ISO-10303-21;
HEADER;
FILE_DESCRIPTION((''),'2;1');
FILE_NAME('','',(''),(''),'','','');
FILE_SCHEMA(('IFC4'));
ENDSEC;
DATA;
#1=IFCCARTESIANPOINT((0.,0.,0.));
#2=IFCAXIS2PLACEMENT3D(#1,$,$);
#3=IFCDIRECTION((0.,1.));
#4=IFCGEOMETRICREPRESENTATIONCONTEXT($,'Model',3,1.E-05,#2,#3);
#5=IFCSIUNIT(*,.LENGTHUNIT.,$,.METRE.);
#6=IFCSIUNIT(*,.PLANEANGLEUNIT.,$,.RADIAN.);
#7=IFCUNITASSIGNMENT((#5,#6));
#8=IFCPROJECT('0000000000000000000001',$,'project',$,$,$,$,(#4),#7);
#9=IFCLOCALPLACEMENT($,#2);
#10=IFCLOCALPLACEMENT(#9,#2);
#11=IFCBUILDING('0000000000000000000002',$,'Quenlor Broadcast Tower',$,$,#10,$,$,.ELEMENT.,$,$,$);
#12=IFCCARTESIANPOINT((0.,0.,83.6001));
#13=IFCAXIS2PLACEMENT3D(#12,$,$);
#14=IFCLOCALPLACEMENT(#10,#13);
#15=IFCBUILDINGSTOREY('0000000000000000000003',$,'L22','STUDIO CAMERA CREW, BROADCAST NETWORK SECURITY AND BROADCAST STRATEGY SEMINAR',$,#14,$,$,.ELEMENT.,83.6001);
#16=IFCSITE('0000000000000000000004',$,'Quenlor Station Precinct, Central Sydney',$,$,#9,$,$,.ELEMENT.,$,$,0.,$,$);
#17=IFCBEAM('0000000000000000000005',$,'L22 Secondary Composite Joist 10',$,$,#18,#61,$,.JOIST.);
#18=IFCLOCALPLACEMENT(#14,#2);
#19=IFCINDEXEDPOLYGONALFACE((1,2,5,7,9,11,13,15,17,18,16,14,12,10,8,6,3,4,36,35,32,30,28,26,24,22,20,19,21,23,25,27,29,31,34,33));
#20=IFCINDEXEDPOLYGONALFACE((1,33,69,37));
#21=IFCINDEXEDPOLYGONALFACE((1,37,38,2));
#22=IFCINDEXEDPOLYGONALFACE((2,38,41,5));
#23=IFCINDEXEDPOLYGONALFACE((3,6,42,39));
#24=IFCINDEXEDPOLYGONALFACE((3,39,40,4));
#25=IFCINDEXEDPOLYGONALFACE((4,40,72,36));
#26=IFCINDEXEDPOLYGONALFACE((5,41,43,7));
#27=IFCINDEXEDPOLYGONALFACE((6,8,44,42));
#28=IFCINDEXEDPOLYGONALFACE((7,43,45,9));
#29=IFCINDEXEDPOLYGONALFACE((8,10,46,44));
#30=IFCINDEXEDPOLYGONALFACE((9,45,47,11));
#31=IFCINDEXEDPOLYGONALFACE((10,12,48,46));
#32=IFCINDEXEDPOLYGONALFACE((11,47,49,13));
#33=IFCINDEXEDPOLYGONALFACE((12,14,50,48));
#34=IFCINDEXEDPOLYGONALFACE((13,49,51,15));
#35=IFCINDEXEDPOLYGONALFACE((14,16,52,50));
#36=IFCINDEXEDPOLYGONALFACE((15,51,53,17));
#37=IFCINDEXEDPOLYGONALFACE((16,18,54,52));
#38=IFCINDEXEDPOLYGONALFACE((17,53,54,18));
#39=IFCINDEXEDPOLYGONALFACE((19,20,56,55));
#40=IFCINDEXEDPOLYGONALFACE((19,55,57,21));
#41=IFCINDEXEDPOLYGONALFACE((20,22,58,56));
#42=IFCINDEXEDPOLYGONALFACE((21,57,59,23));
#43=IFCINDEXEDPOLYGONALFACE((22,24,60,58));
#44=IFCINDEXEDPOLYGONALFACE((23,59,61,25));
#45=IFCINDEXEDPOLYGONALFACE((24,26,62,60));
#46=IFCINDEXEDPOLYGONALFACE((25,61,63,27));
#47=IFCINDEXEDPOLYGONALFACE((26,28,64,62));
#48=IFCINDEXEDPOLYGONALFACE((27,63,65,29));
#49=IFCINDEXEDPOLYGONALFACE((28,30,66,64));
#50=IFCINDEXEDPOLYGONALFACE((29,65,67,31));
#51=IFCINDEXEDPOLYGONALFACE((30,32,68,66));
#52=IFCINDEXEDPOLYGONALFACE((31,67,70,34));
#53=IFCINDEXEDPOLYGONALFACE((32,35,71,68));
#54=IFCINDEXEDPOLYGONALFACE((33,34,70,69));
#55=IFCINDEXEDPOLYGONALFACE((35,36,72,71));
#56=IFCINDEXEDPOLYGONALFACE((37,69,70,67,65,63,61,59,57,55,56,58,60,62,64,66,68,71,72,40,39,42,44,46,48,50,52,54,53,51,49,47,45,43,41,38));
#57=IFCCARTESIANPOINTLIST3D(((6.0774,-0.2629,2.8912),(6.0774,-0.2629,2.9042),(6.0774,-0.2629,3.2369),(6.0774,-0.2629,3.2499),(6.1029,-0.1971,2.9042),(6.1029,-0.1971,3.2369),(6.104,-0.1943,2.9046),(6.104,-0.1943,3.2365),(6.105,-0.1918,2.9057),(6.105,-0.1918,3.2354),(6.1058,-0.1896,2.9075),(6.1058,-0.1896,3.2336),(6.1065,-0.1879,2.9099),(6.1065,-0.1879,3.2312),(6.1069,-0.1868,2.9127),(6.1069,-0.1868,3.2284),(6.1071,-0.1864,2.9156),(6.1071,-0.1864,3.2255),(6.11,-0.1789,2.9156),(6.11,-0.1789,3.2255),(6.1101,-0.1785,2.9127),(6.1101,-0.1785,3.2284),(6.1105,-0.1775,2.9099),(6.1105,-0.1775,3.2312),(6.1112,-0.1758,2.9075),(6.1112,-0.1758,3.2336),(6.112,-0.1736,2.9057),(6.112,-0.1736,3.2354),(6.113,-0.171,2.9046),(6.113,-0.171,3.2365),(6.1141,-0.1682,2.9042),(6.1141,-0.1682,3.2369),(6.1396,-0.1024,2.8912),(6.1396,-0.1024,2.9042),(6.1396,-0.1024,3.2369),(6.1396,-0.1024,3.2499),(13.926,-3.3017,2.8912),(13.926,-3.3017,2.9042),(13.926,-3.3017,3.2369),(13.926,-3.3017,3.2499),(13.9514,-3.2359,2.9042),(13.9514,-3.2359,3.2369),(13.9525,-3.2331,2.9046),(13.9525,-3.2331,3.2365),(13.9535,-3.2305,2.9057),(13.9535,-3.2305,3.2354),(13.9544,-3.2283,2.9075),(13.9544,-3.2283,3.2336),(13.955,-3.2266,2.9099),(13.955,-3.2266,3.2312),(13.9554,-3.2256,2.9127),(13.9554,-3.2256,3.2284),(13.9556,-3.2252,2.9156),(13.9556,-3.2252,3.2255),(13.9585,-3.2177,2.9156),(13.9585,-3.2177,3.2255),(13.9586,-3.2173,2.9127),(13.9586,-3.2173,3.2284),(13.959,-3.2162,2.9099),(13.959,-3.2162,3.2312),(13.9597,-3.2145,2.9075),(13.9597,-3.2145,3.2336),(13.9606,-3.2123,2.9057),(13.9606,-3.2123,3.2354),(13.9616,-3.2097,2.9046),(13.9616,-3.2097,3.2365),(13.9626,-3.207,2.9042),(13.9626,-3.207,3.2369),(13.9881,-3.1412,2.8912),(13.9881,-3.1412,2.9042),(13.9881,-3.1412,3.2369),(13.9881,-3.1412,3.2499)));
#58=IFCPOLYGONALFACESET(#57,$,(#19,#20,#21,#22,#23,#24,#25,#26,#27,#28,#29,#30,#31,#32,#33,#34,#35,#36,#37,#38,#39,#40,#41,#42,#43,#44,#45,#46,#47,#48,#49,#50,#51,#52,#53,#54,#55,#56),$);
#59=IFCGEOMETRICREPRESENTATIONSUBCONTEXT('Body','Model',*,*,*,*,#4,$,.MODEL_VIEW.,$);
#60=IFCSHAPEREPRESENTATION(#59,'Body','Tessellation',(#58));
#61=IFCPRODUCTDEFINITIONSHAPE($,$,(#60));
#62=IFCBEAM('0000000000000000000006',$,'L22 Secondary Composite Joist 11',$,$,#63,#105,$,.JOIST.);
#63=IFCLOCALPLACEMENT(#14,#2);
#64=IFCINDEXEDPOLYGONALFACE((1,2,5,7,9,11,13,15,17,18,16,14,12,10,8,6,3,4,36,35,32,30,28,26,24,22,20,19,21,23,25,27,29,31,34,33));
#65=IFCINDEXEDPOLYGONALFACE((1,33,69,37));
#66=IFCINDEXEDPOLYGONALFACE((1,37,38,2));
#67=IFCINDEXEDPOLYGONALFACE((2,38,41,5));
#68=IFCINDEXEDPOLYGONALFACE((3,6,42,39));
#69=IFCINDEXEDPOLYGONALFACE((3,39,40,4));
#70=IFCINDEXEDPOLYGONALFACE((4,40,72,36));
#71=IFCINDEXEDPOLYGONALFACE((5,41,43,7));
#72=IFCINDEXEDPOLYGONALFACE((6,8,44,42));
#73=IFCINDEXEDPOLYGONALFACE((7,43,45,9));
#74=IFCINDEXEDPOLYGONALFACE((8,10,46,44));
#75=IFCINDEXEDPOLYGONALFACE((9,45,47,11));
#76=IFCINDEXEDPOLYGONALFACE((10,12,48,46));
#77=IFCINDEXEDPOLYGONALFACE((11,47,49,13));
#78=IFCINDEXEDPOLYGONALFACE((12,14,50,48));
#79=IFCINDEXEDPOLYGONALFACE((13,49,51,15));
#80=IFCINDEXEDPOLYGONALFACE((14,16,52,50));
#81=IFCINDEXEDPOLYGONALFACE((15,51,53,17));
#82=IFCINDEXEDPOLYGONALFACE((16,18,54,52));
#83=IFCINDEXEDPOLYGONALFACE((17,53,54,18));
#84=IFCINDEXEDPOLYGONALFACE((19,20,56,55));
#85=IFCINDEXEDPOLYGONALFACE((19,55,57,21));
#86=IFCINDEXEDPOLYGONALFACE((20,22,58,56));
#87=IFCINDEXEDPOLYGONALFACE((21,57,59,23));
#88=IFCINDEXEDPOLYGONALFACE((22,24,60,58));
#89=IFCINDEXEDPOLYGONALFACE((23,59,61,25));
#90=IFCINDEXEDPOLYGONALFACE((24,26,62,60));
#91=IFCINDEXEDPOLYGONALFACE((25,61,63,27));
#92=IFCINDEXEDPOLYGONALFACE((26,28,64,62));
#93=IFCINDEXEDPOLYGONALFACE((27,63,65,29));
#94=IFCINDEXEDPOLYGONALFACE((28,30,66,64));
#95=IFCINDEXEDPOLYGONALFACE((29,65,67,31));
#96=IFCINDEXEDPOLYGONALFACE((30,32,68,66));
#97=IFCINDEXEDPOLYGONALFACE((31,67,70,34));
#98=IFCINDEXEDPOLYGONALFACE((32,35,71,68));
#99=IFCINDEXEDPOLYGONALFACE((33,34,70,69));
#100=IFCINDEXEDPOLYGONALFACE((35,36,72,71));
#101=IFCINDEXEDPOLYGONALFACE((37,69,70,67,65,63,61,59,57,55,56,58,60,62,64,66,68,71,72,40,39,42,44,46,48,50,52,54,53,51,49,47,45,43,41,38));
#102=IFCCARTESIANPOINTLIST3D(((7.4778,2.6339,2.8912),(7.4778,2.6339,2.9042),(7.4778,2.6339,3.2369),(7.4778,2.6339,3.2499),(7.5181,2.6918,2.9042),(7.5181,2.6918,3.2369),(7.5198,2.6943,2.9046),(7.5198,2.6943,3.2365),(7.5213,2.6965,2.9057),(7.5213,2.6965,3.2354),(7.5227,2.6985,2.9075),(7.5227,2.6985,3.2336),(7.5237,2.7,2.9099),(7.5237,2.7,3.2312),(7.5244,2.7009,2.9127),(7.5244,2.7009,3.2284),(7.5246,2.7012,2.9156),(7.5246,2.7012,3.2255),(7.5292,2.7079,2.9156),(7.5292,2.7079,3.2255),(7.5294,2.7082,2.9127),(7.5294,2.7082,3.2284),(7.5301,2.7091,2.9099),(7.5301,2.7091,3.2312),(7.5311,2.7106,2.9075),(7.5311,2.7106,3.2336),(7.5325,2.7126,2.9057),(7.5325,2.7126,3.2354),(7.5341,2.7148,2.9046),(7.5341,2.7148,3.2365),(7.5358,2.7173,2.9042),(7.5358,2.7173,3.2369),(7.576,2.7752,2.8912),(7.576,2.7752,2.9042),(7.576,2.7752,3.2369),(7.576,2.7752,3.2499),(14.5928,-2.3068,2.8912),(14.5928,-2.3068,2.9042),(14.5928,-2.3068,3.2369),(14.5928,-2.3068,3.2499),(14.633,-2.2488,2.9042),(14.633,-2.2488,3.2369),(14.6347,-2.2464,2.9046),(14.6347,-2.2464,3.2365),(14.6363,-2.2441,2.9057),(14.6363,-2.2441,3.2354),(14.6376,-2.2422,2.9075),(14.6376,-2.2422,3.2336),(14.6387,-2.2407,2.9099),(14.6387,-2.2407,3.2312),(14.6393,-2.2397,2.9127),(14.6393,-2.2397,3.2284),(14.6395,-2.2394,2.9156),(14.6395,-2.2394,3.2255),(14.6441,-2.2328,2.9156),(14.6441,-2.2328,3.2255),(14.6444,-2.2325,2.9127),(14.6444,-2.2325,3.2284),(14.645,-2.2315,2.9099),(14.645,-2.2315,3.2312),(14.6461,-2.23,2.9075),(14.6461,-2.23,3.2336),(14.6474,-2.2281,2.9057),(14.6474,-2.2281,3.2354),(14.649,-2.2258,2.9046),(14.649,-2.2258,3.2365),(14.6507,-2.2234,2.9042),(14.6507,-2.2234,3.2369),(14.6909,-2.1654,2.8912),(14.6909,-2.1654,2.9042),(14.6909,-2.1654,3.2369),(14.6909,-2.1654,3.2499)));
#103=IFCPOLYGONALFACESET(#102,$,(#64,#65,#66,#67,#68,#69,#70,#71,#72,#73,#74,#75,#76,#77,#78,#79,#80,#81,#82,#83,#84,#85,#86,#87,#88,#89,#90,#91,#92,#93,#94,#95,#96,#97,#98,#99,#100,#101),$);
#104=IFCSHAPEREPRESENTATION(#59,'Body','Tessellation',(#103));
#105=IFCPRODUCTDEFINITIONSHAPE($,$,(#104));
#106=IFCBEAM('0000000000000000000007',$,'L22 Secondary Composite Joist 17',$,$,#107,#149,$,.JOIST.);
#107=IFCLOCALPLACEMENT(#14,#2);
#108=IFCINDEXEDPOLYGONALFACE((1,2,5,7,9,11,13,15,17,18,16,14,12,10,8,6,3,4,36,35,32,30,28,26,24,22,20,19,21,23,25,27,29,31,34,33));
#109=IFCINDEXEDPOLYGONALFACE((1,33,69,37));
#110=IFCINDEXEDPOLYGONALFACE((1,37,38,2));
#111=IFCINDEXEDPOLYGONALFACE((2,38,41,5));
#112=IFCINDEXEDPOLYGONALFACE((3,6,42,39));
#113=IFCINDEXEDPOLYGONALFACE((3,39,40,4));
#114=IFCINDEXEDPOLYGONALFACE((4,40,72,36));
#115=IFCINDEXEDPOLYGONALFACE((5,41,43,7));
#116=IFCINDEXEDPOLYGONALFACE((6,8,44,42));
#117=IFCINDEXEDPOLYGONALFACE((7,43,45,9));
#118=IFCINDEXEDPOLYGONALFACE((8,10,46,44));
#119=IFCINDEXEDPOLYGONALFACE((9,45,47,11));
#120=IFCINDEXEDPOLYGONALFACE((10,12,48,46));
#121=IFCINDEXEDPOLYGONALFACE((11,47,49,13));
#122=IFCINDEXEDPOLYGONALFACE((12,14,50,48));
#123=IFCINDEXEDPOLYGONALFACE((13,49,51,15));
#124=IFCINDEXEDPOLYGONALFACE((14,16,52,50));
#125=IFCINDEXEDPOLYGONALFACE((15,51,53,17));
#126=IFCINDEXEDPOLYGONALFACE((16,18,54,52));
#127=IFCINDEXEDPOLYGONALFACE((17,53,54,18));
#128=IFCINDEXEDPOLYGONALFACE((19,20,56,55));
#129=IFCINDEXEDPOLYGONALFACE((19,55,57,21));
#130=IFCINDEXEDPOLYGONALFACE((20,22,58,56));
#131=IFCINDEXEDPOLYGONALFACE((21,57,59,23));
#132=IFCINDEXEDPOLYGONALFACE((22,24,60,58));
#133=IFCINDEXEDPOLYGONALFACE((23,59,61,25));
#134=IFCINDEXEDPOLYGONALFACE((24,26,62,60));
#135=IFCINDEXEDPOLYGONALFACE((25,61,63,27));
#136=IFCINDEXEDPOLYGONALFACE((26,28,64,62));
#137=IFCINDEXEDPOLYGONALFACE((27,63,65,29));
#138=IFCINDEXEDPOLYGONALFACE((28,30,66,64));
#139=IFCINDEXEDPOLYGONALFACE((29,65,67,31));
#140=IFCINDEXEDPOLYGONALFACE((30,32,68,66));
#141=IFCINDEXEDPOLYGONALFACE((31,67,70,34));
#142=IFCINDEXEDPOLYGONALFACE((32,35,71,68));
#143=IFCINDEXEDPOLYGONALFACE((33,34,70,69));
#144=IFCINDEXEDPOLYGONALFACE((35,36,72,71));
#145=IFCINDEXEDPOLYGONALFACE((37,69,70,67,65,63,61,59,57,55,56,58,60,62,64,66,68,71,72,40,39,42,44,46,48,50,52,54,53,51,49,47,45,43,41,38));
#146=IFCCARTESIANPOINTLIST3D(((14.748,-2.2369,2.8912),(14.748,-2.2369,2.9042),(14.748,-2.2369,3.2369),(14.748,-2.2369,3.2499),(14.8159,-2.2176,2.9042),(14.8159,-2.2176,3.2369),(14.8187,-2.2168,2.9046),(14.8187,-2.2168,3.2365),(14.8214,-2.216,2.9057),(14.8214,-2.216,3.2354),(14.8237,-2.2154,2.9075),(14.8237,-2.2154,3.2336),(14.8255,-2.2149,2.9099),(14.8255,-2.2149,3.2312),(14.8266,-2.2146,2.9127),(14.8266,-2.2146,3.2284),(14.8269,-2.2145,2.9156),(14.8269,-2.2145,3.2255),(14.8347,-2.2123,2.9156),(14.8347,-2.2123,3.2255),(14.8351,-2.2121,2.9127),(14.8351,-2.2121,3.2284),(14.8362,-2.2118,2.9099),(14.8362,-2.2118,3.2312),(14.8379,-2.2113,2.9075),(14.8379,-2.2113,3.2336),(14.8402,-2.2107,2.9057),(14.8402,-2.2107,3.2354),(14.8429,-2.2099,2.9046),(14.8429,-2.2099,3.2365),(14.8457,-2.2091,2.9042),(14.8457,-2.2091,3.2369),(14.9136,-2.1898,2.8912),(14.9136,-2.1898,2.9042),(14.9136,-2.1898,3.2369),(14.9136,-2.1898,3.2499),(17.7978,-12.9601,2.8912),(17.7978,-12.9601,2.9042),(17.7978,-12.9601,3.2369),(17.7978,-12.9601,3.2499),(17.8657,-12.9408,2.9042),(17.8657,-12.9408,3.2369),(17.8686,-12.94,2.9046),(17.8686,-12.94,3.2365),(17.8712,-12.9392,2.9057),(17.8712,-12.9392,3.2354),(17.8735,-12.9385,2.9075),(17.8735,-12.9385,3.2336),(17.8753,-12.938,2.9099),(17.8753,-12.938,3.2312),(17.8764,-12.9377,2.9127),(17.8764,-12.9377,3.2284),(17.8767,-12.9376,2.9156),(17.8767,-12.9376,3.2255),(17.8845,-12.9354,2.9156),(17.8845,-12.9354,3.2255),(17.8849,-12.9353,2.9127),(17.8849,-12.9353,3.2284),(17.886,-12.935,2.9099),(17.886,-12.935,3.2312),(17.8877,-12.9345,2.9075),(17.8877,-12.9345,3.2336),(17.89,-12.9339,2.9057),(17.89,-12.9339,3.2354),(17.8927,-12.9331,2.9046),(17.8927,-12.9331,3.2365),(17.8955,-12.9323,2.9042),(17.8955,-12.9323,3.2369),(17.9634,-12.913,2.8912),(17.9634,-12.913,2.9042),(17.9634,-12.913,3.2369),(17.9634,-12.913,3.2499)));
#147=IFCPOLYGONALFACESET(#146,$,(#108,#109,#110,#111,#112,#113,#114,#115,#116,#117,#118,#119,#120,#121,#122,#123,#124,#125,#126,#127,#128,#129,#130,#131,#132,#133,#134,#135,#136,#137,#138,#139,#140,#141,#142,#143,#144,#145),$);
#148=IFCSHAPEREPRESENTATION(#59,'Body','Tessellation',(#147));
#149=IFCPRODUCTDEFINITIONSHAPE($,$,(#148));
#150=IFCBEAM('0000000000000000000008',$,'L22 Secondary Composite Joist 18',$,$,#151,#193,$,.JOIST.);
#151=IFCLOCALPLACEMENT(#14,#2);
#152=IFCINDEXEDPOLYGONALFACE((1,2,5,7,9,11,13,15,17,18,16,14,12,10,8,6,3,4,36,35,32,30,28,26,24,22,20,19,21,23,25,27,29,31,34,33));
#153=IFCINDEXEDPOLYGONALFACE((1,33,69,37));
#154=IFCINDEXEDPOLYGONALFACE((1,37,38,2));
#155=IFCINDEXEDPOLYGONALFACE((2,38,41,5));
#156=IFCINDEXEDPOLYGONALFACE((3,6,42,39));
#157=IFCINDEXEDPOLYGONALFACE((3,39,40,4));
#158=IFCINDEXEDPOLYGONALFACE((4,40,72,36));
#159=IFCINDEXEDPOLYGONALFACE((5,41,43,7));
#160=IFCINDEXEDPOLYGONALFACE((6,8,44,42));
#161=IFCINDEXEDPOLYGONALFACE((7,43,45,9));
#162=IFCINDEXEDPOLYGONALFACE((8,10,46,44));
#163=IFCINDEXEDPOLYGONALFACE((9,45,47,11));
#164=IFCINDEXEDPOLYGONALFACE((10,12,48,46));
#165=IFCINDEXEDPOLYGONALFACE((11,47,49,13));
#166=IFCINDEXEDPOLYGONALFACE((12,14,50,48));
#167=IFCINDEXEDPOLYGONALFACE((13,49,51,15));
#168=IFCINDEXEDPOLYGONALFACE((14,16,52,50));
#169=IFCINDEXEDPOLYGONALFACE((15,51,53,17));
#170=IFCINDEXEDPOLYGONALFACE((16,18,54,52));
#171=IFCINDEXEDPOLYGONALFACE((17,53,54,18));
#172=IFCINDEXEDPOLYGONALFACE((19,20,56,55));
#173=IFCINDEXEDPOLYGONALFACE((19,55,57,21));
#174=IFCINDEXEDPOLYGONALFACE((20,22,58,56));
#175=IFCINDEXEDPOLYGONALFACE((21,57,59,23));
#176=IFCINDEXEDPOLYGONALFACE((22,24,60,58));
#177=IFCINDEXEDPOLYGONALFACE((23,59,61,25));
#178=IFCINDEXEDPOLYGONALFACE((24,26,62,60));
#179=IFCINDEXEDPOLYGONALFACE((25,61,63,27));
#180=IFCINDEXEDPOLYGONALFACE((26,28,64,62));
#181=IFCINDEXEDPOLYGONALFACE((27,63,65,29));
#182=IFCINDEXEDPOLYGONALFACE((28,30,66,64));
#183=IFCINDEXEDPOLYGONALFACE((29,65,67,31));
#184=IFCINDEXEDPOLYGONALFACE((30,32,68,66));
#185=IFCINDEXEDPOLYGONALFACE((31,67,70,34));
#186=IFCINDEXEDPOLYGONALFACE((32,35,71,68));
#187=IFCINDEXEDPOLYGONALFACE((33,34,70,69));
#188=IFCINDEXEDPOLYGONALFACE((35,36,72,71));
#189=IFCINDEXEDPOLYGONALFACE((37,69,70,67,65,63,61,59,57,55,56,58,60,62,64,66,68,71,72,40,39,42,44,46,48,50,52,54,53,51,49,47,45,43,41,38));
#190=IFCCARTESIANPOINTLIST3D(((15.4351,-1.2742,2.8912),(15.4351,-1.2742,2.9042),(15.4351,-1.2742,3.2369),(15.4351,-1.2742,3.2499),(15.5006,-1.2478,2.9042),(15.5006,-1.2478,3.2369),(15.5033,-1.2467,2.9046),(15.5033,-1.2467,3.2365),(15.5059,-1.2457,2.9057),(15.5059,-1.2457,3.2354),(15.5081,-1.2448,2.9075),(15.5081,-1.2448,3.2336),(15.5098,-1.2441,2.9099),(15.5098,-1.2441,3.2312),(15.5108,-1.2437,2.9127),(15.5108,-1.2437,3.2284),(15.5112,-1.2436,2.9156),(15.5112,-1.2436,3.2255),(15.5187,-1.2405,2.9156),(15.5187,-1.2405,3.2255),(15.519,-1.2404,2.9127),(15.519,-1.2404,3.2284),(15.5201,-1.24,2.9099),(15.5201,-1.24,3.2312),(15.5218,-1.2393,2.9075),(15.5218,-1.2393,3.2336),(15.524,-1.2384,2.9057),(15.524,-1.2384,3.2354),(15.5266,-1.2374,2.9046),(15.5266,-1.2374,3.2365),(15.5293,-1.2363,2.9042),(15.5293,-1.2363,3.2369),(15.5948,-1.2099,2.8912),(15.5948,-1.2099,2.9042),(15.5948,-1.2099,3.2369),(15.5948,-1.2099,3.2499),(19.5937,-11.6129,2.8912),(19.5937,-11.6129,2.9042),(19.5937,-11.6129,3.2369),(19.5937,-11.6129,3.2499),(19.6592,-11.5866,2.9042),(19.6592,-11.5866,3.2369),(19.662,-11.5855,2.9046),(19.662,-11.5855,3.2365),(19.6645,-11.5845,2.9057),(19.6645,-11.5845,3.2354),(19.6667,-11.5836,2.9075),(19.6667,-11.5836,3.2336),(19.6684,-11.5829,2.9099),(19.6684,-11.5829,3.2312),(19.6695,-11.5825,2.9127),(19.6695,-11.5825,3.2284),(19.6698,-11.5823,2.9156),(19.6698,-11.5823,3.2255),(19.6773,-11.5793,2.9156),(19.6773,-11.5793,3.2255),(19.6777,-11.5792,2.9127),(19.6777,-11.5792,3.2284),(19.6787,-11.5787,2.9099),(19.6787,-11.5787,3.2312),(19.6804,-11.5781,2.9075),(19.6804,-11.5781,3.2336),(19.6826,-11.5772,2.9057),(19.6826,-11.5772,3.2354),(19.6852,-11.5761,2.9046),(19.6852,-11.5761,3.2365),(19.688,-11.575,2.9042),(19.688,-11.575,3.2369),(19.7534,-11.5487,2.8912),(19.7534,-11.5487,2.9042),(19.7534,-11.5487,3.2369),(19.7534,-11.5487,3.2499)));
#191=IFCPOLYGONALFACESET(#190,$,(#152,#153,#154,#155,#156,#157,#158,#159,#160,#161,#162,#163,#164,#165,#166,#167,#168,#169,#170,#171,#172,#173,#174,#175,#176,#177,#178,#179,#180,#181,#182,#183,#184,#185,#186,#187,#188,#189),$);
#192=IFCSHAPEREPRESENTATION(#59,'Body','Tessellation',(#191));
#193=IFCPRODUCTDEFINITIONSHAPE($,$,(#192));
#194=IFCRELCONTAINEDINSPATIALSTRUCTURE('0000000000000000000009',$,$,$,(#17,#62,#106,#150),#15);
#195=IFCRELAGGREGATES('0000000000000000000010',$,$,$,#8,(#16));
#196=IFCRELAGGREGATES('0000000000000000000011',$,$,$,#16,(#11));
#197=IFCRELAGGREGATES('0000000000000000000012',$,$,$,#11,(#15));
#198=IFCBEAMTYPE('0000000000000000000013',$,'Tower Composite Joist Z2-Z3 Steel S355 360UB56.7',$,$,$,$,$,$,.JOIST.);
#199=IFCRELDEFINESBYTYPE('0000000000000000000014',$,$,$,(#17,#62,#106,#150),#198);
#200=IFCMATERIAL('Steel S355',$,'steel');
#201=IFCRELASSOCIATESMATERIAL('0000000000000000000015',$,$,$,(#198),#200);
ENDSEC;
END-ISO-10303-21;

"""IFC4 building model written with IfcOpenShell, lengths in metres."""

from ifc_helpers import new_model, si_unit, direction, frame, origin, origin_2d, place, context, subcontext, project, spatial, i_section, extrude, material, material_profile, profile_set, type_object, element, save


model = new_model("IFC4")

# Units and contexts
model_context = context("Model", 3, precision=1e-05, world=origin(), true_north=direction((0.0, 1.0)))
body_context = subcontext(model_context, "Body", "Model", "MODEL_VIEW")
ifc_project = project(units=[si_unit("LENGTHUNIT", "METRE"), si_unit("PLANEANGLEUNIT", "RADIAN")], contexts=[model_context])

# Site, building, storey
site_placement = place(None, origin())
site = spatial("IfcSite", under=ifc_project, at=site_placement, Name="Quenlor Station Precinct, Central Sydney", CompositionType="ELEMENT", RefElevation=0.0)
building_placement = place(site_placement, origin())
building = spatial("IfcBuilding", under=site, at=building_placement, Name="Quenlor Broadcast Tower", CompositionType="ELEMENT")
storey_placement = place(building_placement, frame((0.0, 0.0, 83.6001)))
storey = spatial("IfcBuildingStorey", under=building, at=storey_placement, Name="L22", Description="STUDIO CAMERA CREW, BROADCAST NETWORK SECURITY AND BROADCAST STRATEGY SEMINAR", CompositionType="ELEMENT", Elevation=83.6001)

# Beams
ifc_material_1 = material(Name="Steel S355", Category="steel")
ifc_material_profile_1 = material_profile(ifc_material_1, i_section(OverallWidth=0.1721, OverallDepth=0.3586, WebThickness=0.0081, FlangeThickness=0.0129, FilletRadius=0.0115, at=origin_2d()))
ifc_profile_set_1 = profile_set([ifc_material_profile_1], Name="Steel S355 360UB56.7")
beam_type_1 = type_object("IfcBeamType", Name="Tower Composite Joist Z2-Z3 Steel S355 360UB56.7", PredefinedType="JOIST", material=ifc_profile_set_1)
beam_1_placement = place(storey_placement, frame((13.957, -3.2214, 3.0706), z_axis=(-0.932543, 0.36106, 0.0), x_axis=(-0.36106, -0.932543, 0.0)))
element("IfcBeam", 1, at=beam_1_placement, inside=storey, type_object=beam_type_1, Name="L22 Secondary Composite Joist 10", PredefinedType="JOIST", context=body_context, shape_type="SweptSolid", body=[
    extrude(i_section(OverallWidth=0.1721, OverallDepth=0.3586, WebThickness=0.0081, FlangeThickness=0.0129, FilletRadius=0.0115, at=origin_2d()), origin(), (0.0, 0.0, 1.0), 8.4163),
])
beam_2_placement = place(storey_placement, frame((14.6418, -2.2361, 3.0706), z_axis=(-0.821386, 0.570373, 0.0), x_axis=(-0.570373, -0.821386, 0.0)))
element("IfcBeam", 2, at=beam_2_placement, inside=storey, type_object=beam_type_1, Name="L22 Secondary Composite Joist 11", PredefinedType="JOIST", context=body_context, shape_type="SweptSolid", body=[
    extrude(i_section(OverallWidth=0.1721, OverallDepth=0.3586, WebThickness=0.0081, FlangeThickness=0.0129, FilletRadius=0.0115, at=origin_2d()), origin(), (0.0, 0.0, 1.0), 8.6621),
])
beam_3_placement = place(storey_placement, frame((17.8806, -12.9365, 3.0706), z_axis=(-0.273564, 0.961854, 0.0), x_axis=(-0.961854, -0.273564, 0.0)))
element("IfcBeam", 3, at=beam_3_placement, inside=storey, type_object=beam_type_1, Name="L22 Secondary Composite Joist 17", PredefinedType="JOIST", context=body_context, shape_type="SweptSolid", body=[
    extrude(i_section(OverallWidth=0.1721, OverallDepth=0.3586, WebThickness=0.0081, FlangeThickness=0.0129, FilletRadius=0.0115, at=origin_2d()), origin(), (0.0, 0.0, 1.0), 11.1484),
])
beam_4_placement = place(storey_placement, frame((19.6736, -11.5808, 3.0706), z_axis=(-0.37318, 0.927759, 0.0), x_axis=(-0.927759, -0.37318, 0.0)))
element("IfcBeam", 4, at=beam_4_placement, inside=storey, type_object=beam_type_1, Name="L22 Secondary Composite Joist 18", PredefinedType="JOIST", context=body_context, shape_type="SweptSolid", body=[
    extrude(i_section(OverallWidth=0.1721, OverallDepth=0.3586, WebThickness=0.0081, FlangeThickness=0.0129, FilletRadius=0.0115, at=origin_2d()), origin(), (0.0, 0.0, 1.0), 11.1438),
])

save(model, "model.ifc")
